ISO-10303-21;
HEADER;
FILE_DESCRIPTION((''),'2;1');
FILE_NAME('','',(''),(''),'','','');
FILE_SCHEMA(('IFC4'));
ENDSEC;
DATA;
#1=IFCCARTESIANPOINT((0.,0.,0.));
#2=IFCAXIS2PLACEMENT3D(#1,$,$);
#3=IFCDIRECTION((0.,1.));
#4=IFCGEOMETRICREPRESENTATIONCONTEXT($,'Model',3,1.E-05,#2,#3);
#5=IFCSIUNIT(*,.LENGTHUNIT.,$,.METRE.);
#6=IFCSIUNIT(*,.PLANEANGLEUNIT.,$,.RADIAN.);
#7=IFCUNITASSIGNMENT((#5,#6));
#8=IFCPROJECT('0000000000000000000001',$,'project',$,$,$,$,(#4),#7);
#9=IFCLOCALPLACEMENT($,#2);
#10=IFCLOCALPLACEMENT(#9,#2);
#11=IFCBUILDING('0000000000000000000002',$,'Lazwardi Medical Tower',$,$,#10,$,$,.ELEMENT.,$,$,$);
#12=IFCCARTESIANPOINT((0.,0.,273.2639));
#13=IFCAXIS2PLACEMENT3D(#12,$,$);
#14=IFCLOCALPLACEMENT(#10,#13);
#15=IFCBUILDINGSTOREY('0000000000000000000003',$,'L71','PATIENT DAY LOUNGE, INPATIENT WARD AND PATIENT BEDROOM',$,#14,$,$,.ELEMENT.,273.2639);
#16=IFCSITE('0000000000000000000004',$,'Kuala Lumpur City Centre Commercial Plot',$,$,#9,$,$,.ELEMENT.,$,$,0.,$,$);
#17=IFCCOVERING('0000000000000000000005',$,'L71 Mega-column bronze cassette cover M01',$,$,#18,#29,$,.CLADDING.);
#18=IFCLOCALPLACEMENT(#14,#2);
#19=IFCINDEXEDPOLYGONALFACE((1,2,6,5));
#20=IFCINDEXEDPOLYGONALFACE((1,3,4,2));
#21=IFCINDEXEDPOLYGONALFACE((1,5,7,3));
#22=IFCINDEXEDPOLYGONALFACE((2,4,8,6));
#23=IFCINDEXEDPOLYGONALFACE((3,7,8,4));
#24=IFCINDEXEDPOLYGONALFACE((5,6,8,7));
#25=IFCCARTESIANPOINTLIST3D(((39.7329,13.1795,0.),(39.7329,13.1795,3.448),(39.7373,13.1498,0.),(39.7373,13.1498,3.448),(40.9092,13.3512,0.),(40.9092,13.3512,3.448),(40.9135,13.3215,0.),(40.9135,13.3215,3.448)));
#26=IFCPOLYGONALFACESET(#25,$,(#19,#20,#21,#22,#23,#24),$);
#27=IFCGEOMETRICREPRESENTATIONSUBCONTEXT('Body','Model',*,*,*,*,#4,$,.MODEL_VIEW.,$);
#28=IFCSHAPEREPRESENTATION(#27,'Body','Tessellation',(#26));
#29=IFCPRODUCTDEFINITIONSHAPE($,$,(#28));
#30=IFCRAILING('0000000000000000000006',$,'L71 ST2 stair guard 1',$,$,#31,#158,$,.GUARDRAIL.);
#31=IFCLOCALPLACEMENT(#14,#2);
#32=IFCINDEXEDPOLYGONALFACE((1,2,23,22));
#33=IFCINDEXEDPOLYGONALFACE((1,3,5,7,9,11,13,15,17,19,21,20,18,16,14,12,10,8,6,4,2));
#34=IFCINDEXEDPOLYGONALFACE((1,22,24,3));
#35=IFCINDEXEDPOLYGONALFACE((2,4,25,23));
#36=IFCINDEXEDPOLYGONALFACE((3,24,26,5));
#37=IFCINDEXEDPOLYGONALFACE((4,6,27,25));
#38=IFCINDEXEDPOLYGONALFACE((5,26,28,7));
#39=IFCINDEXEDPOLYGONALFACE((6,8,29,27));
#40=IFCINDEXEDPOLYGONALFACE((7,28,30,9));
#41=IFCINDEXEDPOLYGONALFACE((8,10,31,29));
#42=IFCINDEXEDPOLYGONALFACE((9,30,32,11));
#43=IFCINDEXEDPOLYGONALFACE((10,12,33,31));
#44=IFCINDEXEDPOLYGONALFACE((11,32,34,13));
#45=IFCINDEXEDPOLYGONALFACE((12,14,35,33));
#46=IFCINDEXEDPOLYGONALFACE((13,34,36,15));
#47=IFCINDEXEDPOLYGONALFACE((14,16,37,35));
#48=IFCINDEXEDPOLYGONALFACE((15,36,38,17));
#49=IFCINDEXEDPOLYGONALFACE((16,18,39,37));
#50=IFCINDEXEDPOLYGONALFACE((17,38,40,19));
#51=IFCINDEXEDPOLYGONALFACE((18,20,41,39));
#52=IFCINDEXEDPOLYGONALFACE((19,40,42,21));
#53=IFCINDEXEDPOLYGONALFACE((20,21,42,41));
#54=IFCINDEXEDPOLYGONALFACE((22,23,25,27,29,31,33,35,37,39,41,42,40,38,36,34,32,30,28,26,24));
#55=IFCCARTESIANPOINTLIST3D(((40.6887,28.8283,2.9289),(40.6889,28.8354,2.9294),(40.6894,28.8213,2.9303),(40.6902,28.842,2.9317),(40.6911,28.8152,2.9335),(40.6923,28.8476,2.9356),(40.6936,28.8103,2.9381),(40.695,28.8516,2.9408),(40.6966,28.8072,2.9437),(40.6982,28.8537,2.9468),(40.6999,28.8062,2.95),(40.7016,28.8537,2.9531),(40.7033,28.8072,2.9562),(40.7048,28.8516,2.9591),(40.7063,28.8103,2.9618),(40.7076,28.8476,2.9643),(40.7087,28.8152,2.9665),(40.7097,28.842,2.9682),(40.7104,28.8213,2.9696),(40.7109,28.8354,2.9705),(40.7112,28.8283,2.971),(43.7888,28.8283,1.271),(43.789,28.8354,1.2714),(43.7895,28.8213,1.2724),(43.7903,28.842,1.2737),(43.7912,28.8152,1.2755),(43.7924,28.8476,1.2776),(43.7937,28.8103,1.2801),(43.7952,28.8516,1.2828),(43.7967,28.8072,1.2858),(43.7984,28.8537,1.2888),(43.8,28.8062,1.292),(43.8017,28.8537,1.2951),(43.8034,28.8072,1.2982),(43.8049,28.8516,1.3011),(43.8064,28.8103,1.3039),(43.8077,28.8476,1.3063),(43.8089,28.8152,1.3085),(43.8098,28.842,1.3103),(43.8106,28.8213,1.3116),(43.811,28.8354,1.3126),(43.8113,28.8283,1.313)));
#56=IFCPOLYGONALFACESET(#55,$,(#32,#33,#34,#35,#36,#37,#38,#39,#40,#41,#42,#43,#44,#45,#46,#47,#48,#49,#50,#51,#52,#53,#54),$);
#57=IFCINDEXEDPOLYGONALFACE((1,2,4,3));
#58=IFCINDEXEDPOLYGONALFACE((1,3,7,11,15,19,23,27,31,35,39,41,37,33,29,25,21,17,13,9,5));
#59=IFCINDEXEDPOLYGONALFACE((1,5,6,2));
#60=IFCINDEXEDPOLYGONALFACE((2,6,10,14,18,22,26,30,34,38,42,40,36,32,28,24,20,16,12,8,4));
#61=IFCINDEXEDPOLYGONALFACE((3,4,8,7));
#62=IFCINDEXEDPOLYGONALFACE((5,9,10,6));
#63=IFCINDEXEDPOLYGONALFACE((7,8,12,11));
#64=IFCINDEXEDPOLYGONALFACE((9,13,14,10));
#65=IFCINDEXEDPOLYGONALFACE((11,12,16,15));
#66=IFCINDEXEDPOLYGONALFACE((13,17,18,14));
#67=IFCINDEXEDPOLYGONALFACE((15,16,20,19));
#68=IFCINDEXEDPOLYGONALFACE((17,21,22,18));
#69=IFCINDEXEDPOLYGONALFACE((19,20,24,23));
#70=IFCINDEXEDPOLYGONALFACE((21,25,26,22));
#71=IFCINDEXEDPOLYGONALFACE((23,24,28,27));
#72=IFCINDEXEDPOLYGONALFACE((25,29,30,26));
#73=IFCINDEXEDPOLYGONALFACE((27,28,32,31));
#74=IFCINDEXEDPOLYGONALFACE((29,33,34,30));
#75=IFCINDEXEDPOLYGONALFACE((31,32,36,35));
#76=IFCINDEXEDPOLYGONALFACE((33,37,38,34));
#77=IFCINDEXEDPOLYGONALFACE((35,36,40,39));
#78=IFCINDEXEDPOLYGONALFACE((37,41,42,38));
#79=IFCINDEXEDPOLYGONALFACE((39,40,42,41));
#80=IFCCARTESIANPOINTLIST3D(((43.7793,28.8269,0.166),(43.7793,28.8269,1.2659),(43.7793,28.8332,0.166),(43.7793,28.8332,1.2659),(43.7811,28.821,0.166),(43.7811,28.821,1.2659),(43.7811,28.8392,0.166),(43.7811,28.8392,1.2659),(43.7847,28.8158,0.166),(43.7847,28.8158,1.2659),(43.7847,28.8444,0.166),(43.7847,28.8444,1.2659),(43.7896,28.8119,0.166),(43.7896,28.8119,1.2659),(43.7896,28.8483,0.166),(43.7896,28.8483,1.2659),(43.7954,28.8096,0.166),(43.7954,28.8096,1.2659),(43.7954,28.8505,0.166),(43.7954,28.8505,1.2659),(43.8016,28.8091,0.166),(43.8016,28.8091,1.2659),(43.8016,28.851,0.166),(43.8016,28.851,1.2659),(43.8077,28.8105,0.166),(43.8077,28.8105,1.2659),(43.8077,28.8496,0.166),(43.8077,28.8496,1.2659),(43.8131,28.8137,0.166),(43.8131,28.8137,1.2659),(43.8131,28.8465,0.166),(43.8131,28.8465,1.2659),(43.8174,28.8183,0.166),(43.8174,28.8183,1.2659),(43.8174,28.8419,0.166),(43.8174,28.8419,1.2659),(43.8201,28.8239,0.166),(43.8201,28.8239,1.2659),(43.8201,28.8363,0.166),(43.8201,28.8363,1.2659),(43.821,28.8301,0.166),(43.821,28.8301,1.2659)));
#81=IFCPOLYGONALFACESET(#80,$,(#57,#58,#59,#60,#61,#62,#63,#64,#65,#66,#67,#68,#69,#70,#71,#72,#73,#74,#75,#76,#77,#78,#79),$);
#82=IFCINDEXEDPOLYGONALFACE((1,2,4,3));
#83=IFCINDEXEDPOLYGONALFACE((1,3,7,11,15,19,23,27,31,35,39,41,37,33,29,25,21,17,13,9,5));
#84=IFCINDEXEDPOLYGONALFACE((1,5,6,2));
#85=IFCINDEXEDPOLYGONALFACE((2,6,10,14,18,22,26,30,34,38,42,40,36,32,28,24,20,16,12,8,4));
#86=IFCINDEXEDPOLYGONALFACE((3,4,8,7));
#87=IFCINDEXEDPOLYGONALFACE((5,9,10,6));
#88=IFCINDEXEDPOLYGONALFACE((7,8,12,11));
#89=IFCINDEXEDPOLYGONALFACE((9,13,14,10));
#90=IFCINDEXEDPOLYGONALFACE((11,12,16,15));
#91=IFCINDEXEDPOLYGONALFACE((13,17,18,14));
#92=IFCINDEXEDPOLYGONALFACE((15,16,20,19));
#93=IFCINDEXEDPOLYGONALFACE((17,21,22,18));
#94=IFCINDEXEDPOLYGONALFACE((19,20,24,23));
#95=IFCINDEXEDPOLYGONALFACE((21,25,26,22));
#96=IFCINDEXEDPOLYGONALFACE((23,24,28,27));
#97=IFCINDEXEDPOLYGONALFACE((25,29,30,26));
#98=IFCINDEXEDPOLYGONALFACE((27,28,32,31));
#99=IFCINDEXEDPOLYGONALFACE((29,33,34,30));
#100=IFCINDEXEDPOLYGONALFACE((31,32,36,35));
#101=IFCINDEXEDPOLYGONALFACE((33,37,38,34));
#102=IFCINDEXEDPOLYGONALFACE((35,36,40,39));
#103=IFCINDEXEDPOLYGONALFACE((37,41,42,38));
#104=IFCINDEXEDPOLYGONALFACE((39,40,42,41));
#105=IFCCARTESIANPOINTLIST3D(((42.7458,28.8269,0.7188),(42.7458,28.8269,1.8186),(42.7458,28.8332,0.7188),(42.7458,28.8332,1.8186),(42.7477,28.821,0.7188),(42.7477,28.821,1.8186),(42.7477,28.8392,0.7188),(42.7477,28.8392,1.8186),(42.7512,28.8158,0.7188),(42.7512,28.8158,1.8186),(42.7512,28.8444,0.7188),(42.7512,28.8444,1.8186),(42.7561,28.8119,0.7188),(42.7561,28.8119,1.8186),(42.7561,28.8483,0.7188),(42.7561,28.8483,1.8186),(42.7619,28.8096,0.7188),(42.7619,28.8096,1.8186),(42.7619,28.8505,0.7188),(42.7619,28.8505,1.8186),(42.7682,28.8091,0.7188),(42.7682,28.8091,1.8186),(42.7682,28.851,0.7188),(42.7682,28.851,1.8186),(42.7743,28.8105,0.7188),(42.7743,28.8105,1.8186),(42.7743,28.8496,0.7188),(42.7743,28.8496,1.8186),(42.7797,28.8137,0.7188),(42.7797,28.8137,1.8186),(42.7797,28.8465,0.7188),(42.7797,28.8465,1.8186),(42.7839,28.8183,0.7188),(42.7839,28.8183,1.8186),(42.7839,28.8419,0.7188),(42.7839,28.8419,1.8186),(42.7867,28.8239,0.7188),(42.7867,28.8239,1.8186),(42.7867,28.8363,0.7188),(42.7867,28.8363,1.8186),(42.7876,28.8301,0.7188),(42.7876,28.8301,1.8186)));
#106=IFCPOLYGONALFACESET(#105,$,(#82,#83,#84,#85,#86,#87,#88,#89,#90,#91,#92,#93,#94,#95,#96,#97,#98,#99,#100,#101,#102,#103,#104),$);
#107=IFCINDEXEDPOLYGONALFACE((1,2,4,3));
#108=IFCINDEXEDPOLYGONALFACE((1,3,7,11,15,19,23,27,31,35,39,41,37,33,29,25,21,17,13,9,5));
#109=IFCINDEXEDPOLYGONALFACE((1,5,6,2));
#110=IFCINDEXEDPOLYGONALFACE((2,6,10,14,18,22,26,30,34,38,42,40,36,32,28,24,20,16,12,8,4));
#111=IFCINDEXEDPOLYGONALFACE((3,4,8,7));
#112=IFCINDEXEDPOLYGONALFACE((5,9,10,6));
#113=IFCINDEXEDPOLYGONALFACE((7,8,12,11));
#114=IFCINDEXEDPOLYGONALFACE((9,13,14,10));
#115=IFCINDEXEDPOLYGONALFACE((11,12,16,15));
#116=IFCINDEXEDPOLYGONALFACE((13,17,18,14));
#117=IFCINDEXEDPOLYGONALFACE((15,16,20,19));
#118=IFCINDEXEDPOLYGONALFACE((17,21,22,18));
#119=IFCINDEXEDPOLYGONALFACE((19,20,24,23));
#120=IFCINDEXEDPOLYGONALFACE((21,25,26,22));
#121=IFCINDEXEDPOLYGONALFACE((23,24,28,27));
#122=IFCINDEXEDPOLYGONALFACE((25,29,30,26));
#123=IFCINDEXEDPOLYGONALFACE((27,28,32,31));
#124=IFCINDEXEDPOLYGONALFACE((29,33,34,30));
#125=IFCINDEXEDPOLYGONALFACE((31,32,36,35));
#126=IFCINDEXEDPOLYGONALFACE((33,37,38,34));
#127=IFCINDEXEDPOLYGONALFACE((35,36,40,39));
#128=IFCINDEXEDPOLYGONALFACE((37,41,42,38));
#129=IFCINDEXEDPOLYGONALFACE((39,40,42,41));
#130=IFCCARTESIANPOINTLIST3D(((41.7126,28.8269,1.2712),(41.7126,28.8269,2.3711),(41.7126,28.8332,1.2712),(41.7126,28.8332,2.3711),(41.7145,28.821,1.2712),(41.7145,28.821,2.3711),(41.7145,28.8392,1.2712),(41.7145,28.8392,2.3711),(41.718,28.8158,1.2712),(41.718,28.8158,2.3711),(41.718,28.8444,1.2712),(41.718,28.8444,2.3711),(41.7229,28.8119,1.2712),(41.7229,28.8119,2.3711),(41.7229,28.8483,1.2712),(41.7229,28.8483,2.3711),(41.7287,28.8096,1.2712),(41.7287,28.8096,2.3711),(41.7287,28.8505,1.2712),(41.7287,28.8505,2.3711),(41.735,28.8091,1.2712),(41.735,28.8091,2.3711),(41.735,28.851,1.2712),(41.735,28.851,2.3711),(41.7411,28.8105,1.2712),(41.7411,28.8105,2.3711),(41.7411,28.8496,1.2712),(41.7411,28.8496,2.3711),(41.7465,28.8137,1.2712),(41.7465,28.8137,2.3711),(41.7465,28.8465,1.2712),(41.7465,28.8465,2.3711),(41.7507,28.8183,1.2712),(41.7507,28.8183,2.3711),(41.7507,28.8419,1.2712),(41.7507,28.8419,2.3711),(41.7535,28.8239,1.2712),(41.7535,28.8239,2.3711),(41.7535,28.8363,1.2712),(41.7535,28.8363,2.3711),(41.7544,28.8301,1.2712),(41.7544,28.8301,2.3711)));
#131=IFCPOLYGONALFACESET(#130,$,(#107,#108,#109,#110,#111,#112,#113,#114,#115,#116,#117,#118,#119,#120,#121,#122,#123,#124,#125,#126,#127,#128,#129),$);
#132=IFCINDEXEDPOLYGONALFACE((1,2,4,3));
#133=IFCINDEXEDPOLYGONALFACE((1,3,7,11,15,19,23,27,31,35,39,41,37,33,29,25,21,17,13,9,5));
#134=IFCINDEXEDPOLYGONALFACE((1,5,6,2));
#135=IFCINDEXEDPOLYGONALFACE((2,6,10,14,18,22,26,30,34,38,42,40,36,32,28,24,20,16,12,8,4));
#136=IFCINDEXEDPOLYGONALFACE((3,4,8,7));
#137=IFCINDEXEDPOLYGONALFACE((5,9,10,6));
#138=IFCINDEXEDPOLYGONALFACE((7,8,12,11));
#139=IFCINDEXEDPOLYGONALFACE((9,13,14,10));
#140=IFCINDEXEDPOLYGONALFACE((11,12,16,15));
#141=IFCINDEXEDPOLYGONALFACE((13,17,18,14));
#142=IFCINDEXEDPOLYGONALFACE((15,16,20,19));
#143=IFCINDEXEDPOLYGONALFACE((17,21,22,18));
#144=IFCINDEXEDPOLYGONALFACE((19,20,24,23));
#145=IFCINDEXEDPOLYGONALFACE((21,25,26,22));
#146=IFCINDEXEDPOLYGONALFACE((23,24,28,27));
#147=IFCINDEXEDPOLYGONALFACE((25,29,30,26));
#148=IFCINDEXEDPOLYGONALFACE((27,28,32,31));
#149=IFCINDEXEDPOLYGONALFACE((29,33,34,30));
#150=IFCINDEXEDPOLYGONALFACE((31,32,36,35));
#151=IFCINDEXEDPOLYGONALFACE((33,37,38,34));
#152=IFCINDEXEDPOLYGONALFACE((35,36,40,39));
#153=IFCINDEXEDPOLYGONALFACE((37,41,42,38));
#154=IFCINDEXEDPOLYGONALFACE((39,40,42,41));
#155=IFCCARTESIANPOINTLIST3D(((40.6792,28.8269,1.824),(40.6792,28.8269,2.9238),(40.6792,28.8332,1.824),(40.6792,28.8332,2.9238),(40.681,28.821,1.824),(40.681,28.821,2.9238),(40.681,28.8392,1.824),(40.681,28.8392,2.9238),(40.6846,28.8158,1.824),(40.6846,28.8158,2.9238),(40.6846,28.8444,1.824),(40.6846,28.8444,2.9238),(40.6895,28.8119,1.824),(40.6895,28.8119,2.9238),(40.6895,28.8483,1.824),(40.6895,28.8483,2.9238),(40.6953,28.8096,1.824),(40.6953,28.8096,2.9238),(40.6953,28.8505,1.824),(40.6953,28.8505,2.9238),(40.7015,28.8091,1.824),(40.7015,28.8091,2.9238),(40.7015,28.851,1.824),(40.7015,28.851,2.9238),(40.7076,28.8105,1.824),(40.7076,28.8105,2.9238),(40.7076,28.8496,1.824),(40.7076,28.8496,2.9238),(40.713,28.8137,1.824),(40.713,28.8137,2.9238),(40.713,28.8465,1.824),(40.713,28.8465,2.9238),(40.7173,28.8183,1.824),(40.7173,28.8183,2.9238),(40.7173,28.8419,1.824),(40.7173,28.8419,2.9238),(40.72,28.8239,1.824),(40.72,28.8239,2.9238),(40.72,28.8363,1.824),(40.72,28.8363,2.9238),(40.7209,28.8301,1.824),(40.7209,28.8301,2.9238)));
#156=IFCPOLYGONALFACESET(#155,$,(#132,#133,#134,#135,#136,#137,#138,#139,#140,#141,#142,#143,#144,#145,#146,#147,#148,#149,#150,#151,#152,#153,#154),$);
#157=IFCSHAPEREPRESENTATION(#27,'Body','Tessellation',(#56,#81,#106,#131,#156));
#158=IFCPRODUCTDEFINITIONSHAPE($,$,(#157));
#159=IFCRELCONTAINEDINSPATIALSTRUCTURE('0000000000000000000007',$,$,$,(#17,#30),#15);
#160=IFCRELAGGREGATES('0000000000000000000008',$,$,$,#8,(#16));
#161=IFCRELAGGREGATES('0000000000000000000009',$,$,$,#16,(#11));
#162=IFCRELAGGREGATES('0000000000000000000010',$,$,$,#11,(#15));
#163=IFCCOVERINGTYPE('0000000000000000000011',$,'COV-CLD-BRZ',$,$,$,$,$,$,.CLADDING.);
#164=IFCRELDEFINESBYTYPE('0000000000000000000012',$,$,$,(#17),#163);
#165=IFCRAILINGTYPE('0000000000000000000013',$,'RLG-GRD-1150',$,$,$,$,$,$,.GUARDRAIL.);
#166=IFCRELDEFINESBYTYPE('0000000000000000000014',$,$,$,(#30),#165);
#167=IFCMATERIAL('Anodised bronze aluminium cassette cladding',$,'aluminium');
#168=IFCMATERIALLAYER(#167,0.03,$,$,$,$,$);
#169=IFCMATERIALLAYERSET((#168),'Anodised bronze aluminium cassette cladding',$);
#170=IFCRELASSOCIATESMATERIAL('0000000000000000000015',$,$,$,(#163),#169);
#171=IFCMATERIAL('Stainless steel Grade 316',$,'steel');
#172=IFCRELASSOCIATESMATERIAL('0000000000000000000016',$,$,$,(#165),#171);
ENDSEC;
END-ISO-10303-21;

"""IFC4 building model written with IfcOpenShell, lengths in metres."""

from ifc_helpers import new_model, si_unit, direction, frame, origin, origin_2d, place, context, subcontext, project, spatial, rectangle, circle, extrude, material, layer, layer_set, type_object, element, save


model = new_model("IFC4")

# Units and contexts
model_context = context("Model", 3, precision=1e-05, world=origin(), true_north=direction((0.0, 1.0)))
body_context = subcontext(model_context, "Body", "Model", "MODEL_VIEW")
ifc_project = project(units=[si_unit("LENGTHUNIT", "METRE"), si_unit("PLANEANGLEUNIT", "RADIAN")], contexts=[model_context])

# Site, building, storey
site_placement = place(None, origin())
site = spatial("IfcSite", under=ifc_project, at=site_placement, Name="Kuala Lumpur City Centre Commercial Plot", CompositionType="ELEMENT", RefElevation=0.0)
building_placement = place(site_placement, origin())
building = spatial("IfcBuilding", under=site, at=building_placement, Name="Lazwardi Medical Tower", CompositionType="ELEMENT")
storey_placement = place(building_placement, frame((0.0, 0.0, 273.2639)))
storey = spatial("IfcBuildingStorey", under=building, at=storey_placement, Name="L71", Description="PATIENT DAY LOUNGE, INPATIENT WARD AND PATIENT BEDROOM", CompositionType="ELEMENT", Elevation=273.2639)

# Covering
ifc_material_1 = material(Name="Anodised bronze aluminium cassette cladding", Category="aluminium")
ifc_layer_1 = layer(ifc_material_1, 0.03)
ifc_layer_set_1 = layer_set([ifc_layer_1], Name="Anodised bronze aluminium cassette cladding")
covering_type = type_object("IfcCoveringType", Name="COV-CLD-BRZ", PredefinedType="CLADDING", material=ifc_layer_set_1)
covering_placement = place(storey_placement, frame((40.3232, 13.2505, 0.0), z_axis=(0.0, 0.0, 1.0), x_axis=(0.989512, 0.144448, 0.0)))
element("IfcCovering", 1, at=covering_placement, inside=storey, type_object=covering_type, Name="L71 Mega-column bronze cassette cover M01", PredefinedType="CLADDING", context=body_context, shape_type="SweptSolid", body=[
    extrude(rectangle(XDim=1.1887, YDim=0.03, at=origin_2d()), origin(), (0.0, 0.0, 1.0), 3.448),
])

# Railing
ifc_material_2 = material(Name="Stainless steel Grade 316", Category="steel")
railing_type_1 = type_object("IfcRailingType", Name="RLG-GRD-1150", PredefinedType="GUARDRAIL", material=ifc_material_2)
railing_1_placement = place(storey_placement, frame((43.8, 28.8301, 0.166)))
element("IfcRailing", 2, at=railing_1_placement, inside=storey, type_object=railing_type_1, Name="L71 ST2 stair guard 1", PredefinedType="GUARDRAIL", context=body_context, shape_type="SweptSolid", body=[
    extrude(circle(Radius=0.0239, at=origin_2d()), frame((0.0, 0.0, 1.126), z_axis=(-0.881812, 0.0, 0.471601), x_axis=(0.0, -1.0, 0.0)), (0.0, 0.0, 1.0), 3.5156),
    extrude(circle(Radius=0.021, at=origin_2d()), origin(), (0.0, 0.0, 1.0), 1.0999),
    extrude(circle(Radius=0.021, at=origin_2d()), frame((-1.0334, 0.0, 0.5527)), (0.0, 0.0, 1.0), 1.0999),
    extrude(circle(Radius=0.021, at=origin_2d()), frame((-2.0667, 0.0, 1.1052)), (0.0, 0.0, 1.0), 1.0999),
    extrude(circle(Radius=0.021, at=origin_2d()), frame((-3.1001, 0.0, 1.658)), (0.0, 0.0, 1.0), 1.0999),
])

save(model, "model.ifc")
